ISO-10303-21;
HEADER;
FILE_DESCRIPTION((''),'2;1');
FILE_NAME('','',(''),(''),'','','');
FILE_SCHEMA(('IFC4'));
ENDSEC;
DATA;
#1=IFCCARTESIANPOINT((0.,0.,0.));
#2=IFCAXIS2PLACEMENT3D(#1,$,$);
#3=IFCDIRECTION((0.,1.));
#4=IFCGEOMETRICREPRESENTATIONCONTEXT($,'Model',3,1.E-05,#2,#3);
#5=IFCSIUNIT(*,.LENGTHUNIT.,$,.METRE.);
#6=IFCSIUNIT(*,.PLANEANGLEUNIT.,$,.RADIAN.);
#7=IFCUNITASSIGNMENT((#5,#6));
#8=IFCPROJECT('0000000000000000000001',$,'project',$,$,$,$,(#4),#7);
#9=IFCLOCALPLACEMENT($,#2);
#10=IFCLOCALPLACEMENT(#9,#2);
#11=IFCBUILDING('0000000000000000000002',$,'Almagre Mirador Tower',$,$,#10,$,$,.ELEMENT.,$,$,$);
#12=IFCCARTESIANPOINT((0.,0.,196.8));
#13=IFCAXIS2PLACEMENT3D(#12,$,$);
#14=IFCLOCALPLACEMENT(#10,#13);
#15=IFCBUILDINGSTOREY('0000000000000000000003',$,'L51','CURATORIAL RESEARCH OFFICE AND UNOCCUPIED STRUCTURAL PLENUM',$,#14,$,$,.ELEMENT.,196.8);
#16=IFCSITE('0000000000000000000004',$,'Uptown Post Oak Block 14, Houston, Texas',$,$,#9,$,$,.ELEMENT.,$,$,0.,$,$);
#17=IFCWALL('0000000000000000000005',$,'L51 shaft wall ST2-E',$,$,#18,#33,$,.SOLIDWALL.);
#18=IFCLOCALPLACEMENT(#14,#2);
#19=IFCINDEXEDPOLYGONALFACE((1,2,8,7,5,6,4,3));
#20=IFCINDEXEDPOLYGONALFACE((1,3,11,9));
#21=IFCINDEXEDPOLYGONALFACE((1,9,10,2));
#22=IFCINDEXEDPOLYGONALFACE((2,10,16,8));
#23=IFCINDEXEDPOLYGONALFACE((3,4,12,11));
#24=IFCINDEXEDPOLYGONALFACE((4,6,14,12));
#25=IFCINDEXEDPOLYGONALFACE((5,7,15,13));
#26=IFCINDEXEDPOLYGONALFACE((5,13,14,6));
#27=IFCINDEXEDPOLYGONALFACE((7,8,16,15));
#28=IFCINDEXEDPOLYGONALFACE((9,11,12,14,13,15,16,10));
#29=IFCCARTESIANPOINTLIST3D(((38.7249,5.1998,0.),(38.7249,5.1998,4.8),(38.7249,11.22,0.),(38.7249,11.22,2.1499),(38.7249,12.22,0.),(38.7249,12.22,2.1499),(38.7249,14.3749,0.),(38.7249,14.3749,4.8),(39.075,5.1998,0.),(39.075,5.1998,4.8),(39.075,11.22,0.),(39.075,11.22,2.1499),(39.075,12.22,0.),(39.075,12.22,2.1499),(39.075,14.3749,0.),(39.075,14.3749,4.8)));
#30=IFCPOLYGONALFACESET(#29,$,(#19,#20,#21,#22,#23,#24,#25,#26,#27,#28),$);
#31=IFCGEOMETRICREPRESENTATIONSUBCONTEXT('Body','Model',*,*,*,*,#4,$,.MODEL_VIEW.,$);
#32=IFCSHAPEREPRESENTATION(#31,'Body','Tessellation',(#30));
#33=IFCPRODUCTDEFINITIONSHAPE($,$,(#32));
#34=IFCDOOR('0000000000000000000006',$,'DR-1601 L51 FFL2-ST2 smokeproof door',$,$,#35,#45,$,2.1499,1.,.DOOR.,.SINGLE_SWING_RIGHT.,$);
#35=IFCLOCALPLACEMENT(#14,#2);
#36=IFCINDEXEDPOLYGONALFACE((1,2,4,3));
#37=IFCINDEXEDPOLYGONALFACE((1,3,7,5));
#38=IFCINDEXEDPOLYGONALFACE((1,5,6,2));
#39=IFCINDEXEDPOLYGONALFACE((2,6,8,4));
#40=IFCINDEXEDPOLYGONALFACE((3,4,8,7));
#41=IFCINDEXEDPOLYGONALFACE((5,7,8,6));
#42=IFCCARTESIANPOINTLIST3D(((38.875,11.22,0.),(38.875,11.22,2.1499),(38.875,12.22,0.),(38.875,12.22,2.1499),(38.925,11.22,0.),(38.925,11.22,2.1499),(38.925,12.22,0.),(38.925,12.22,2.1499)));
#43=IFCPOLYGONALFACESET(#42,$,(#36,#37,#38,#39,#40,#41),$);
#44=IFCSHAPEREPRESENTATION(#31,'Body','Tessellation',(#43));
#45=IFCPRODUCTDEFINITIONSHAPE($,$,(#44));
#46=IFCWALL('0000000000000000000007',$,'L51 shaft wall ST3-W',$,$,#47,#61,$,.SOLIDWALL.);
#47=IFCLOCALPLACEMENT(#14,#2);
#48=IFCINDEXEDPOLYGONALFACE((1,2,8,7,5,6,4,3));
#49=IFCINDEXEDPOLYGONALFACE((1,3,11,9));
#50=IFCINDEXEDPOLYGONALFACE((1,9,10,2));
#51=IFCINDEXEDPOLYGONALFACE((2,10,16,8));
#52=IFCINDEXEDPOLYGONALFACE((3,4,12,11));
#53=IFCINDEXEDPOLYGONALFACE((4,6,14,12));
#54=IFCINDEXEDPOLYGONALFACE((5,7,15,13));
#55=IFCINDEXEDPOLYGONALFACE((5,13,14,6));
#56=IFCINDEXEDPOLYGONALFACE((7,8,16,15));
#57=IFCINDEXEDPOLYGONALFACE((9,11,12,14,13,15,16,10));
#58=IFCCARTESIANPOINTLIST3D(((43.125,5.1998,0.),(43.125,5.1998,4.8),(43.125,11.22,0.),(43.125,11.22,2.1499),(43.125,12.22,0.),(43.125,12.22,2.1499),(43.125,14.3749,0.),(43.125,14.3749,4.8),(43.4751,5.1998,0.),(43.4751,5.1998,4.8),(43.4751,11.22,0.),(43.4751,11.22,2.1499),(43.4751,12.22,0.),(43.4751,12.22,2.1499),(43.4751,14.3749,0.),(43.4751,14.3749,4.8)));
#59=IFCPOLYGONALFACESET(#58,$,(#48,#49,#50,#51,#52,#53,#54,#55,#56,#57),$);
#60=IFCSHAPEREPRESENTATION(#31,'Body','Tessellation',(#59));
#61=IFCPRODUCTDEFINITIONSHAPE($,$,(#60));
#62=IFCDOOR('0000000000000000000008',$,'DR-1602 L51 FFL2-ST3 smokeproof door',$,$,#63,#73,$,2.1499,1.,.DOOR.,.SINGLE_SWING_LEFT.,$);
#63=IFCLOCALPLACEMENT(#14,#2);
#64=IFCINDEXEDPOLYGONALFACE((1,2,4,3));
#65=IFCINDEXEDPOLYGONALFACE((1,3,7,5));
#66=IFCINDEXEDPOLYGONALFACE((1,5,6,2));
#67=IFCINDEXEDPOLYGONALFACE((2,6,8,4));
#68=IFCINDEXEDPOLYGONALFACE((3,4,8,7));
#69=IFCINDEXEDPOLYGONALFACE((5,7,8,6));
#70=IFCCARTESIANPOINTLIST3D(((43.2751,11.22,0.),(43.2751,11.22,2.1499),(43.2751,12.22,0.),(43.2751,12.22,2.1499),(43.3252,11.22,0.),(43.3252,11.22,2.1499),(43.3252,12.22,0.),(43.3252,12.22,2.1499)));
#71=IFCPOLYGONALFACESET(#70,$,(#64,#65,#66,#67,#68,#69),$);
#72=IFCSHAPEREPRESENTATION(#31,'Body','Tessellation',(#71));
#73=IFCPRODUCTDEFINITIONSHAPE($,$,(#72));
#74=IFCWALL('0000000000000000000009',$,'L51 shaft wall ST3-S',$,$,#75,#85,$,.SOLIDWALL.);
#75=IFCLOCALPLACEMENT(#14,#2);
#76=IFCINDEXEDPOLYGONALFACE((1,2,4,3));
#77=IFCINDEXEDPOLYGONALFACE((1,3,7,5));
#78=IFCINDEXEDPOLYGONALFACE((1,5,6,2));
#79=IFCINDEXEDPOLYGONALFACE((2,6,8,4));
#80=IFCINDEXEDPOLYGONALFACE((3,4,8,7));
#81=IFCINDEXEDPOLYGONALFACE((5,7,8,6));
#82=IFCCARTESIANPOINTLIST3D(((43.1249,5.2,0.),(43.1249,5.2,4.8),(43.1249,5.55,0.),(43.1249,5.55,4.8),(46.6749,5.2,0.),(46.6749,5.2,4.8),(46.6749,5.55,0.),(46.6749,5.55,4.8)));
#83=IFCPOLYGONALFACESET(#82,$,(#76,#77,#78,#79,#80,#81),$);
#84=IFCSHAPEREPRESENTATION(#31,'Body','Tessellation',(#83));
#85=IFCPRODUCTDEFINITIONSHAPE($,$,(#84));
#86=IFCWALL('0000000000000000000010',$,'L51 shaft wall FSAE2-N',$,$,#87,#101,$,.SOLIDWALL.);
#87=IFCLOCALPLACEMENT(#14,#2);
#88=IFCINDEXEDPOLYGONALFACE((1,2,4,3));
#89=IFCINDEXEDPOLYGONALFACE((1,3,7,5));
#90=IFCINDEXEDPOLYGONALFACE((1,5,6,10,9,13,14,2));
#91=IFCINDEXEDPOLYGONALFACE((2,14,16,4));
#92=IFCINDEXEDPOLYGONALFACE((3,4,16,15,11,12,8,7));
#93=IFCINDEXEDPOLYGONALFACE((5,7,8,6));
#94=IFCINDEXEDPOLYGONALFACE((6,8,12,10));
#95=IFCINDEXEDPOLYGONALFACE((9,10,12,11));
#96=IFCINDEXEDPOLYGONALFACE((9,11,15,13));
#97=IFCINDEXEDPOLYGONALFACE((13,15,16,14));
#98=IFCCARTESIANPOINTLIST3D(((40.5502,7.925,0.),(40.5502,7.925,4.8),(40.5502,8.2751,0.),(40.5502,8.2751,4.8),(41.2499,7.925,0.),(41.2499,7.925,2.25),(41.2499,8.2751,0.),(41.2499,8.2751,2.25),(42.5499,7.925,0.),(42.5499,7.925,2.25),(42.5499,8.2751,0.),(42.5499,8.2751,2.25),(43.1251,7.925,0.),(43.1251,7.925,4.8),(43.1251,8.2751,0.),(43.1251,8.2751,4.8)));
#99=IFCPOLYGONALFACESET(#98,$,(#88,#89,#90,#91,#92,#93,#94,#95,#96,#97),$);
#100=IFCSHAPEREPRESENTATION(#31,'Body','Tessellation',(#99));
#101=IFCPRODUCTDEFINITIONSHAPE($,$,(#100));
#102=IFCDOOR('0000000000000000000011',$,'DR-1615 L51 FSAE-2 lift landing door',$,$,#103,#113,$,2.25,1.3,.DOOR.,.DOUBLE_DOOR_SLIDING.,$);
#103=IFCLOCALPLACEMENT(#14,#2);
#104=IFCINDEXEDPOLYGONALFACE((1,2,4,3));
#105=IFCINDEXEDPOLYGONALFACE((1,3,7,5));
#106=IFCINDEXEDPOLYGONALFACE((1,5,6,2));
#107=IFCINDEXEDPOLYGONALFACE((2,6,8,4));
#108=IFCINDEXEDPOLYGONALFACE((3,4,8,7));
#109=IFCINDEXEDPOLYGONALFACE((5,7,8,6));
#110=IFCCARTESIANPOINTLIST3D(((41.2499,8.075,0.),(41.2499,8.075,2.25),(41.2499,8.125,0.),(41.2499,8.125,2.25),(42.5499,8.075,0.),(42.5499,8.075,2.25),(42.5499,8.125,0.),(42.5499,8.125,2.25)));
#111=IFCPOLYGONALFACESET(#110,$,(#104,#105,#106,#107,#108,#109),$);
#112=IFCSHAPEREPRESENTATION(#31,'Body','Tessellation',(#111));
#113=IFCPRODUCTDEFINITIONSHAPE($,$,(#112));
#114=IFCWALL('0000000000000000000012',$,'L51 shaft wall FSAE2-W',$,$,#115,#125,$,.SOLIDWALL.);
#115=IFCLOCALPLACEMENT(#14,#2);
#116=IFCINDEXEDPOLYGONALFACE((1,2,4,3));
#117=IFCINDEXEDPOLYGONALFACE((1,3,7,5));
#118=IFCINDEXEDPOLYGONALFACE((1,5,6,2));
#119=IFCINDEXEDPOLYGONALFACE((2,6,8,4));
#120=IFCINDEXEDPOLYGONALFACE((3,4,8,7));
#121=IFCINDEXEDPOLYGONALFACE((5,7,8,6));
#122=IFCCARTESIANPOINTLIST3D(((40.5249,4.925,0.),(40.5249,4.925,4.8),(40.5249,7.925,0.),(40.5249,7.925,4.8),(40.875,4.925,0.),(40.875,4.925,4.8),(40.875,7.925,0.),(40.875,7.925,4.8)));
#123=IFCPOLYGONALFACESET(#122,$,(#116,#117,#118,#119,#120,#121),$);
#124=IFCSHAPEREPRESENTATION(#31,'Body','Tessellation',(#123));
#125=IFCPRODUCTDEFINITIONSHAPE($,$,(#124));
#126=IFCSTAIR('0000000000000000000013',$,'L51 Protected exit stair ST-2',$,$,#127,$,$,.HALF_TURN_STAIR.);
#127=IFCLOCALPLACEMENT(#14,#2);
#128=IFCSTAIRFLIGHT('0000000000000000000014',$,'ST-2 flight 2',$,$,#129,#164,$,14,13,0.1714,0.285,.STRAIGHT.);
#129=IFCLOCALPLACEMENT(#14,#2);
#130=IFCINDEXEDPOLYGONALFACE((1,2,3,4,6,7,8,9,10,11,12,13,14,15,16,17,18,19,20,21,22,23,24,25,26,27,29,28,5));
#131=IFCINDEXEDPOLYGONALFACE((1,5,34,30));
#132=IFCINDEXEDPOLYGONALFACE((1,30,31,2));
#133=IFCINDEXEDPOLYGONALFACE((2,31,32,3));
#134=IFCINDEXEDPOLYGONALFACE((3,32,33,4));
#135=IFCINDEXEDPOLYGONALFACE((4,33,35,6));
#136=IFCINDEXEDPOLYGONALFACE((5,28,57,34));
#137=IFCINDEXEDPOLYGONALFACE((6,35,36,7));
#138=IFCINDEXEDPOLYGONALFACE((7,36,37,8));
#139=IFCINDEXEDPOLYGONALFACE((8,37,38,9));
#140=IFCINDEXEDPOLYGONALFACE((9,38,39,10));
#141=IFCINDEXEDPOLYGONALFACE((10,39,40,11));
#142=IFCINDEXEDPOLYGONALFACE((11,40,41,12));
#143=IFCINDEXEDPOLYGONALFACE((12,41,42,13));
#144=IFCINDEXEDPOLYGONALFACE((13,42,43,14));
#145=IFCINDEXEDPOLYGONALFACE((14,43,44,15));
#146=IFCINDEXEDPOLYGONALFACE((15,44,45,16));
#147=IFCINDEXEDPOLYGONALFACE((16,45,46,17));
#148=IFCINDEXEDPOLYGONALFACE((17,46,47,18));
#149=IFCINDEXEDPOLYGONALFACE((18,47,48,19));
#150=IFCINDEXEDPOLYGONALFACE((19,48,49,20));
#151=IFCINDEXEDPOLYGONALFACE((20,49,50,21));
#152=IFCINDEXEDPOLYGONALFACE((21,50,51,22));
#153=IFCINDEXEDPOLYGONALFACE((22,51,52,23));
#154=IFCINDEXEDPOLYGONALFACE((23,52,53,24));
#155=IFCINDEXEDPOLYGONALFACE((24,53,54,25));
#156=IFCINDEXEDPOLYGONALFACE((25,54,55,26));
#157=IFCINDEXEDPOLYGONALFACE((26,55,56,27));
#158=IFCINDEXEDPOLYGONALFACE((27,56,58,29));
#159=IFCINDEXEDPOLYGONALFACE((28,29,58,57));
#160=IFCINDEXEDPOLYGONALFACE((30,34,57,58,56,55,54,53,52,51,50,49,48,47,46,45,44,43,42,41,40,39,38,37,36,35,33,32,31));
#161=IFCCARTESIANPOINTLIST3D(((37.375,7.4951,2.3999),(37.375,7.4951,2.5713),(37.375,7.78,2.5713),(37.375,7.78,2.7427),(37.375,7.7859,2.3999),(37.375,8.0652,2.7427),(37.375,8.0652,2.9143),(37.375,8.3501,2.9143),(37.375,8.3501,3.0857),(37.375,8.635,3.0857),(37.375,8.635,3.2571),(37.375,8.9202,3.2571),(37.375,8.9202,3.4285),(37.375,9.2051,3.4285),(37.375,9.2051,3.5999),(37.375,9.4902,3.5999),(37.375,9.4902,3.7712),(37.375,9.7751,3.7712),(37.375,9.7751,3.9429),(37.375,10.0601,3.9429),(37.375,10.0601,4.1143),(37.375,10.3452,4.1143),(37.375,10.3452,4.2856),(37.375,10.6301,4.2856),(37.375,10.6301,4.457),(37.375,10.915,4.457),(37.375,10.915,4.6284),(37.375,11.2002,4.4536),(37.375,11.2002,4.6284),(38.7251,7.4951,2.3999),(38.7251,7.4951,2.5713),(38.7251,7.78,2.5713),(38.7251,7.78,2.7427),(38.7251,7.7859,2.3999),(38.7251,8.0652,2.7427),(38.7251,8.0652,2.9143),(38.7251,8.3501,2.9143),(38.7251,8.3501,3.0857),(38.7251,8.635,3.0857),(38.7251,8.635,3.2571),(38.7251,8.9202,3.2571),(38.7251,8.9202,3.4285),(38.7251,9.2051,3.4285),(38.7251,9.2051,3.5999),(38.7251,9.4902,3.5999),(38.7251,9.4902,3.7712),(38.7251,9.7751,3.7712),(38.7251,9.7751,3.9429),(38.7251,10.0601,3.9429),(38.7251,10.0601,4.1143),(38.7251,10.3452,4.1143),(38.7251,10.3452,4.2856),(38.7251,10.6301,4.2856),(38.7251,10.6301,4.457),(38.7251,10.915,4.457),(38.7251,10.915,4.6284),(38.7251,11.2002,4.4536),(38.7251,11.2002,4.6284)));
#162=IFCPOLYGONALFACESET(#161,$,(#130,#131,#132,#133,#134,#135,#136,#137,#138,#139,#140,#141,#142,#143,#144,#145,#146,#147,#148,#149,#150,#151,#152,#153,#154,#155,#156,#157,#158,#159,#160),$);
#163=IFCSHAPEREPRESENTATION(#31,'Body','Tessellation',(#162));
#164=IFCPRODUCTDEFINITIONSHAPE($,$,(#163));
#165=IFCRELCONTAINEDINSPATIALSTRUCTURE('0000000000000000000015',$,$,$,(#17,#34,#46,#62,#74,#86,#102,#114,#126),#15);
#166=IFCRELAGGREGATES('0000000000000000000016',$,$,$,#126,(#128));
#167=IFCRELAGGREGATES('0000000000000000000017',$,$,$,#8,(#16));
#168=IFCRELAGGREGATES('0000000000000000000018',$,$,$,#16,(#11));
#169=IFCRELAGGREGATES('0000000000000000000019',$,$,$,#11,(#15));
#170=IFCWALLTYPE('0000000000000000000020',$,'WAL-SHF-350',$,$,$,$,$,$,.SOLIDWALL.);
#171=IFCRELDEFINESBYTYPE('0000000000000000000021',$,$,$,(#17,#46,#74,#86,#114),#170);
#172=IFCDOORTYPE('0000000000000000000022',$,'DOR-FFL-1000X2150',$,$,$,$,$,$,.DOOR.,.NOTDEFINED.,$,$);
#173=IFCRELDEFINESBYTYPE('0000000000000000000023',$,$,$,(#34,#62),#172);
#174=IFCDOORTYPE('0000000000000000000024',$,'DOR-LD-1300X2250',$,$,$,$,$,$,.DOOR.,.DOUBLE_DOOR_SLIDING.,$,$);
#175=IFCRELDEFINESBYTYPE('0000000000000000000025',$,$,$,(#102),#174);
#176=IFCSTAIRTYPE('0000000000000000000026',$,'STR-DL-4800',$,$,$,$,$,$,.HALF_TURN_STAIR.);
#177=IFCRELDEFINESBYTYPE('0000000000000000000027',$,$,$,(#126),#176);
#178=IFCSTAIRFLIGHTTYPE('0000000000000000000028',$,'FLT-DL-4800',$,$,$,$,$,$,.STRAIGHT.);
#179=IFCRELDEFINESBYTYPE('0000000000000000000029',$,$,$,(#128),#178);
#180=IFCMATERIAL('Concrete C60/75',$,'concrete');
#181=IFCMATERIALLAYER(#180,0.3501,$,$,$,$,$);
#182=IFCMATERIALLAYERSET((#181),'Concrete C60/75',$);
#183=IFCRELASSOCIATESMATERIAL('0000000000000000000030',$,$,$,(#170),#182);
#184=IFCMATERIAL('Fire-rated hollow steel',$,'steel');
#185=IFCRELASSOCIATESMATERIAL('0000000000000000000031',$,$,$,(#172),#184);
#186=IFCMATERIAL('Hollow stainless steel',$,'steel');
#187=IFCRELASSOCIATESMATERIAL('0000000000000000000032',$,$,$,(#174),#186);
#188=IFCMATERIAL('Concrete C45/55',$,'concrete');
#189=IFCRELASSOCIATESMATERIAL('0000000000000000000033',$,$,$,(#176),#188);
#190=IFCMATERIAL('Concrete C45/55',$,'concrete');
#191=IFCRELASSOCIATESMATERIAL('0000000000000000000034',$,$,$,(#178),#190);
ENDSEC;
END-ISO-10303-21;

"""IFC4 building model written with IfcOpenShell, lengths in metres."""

from ifc_helpers import new_model, si_unit, direction, frame, frame_2d, origin, place, context, subcontext, project, spatial, polyline, rectangle, outline, extrude, material, layer, layer_set, type_object, element, fill, aggregate, save


model = new_model("IFC4")

# Units and contexts
model_context = context("Model", 3, precision=1e-05, world=origin(), true_north=direction((0.0, 1.0)))
body_context = subcontext(model_context, "Body", "Model", "MODEL_VIEW")
ifc_project = project(units=[si_unit("LENGTHUNIT", "METRE"), si_unit("PLANEANGLEUNIT", "RADIAN")], contexts=[model_context])

# Site, building, storey
site_placement = place(None, origin())
site = spatial("IfcSite", under=ifc_project, at=site_placement, Name="Uptown Post Oak Block 14, Houston, Texas", CompositionType="ELEMENT", RefElevation=0.0)
building_placement = place(site_placement, origin())
building = spatial("IfcBuilding", under=site, at=building_placement, Name="Almagre Mirador Tower", CompositionType="ELEMENT")
storey_placement = place(building_placement, frame((0.0, 0.0, 196.8)))
storey = spatial("IfcBuildingStorey", under=building, at=storey_placement, Name="L51", Description="CURATORIAL RESEARCH OFFICE AND UNOCCUPIED STRUCTURAL PLENUM", CompositionType="ELEMENT", Elevation=196.8)

# Walls, openings, doors
ifc_material_1 = material(Name="Concrete C60/75", Category="concrete")
ifc_layer_1 = layer(ifc_material_1, 0.3501)
ifc_layer_set_1 = layer_set([ifc_layer_1], Name="Concrete C60/75")
wall_type_1 = type_object("IfcWallType", Name="WAL-SHF-350", PredefinedType="SOLIDWALL", material=ifc_layer_set_1)
wall_1_placement = place(storey_placement, frame((38.8999, 5.2, 0.0), z_axis=(0.0, 0.0, 1.0), x_axis=(0.0, 1.0, 0.0)))
wall_1 = element("IfcWall", 1, at=wall_1_placement, inside=storey, type_object=wall_type_1, Name="L51 shaft wall ST2-E", PredefinedType="SOLIDWALL", context=body_context, shape_type="SweptSolid", body=[
    extrude(rectangle(XDim=9.175, YDim=0.3501, at=frame_2d((4.5874, 0.0))), origin(), (0.0, 0.0, 1.0), 4.8),
])
opening_1_placement = place(wall_1_placement, frame((6.02, 0.0, 0.0)))
opening_1 = element("IfcOpeningElement", 2, at=opening_1_placement, cuts=wall_1, PredefinedType="OPENING", context=body_context, shape_type="SweptSolid", body=[
    extrude(rectangle(XDim=1.0, YDim=2.1499, at=frame_2d((0.5, 1.075))), frame((0.0, 0.185, 0.0), z_axis=(0.0, -1.0, 0.0), x_axis=(1.0, 0.0, 0.0)), (0.0, 0.0, 1.0), 0.3701),
])
ifc_material_2 = material(Name="Fire-rated hollow steel", Category="steel")
door_type_1 = type_object("IfcDoorType", Name="DOR-FFL-1000X2150", OperationType="NOTDEFINED", PredefinedType="DOOR", material=ifc_material_2)
door_1_placement = place(opening_1_placement, origin())
door_1 = element("IfcDoor", 3, at=door_1_placement, inside=storey, type_object=door_type_1, Name="DR-1601 L51 FFL2-ST2 smokeproof door", OperationType="SINGLE_SWING_RIGHT", OverallHeight=2.1499, OverallWidth=1.0, PredefinedType="DOOR", context=body_context, shape_type="SweptSolid", body=[
    extrude(rectangle(XDim=1.0, YDim=2.1499, at=frame_2d((0.5, 1.075))), frame((0.0, 0.0249, 0.0), z_axis=(0.0, -1.0, 0.0), x_axis=(1.0, 0.0, 0.0)), (0.0, 0.0, 1.0), 0.05),
])
fill(opening_1, door_1)
wall_2_placement = place(storey_placement, frame((43.3, 5.2, 0.0), z_axis=(0.0, 0.0, 1.0), x_axis=(0.0, 1.0, 0.0)))
wall_2 = element("IfcWall", 4, at=wall_2_placement, inside=storey, type_object=wall_type_1, Name="L51 shaft wall ST3-W", PredefinedType="SOLIDWALL", context=body_context, shape_type="SweptSolid", body=[
    extrude(rectangle(XDim=9.175, YDim=0.3501, at=frame_2d((4.5874, 0.0))), origin(), (0.0, 0.0, 1.0), 4.8),
])
opening_2_placement = place(wall_2_placement, frame((6.02, 0.0, 0.0)))
opening_2 = element("IfcOpeningElement", 5, at=opening_2_placement, cuts=wall_2, PredefinedType="OPENING", context=body_context, shape_type="SweptSolid", body=[
    extrude(rectangle(XDim=1.0, YDim=2.1499, at=frame_2d((0.5, 1.075))), frame((0.0, 0.185, 0.0), z_axis=(0.0, -1.0, 0.0), x_axis=(1.0, 0.0, 0.0)), (0.0, 0.0, 1.0), 0.3701),
])
door_2_placement = place(opening_2_placement, origin())
door_2 = element("IfcDoor", 6, at=door_2_placement, inside=storey, type_object=door_type_1, Name="DR-1602 L51 FFL2-ST3 smokeproof door", OperationType="SINGLE_SWING_LEFT", OverallHeight=2.1499, OverallWidth=1.0, PredefinedType="DOOR", context=body_context, shape_type="SweptSolid", body=[
    extrude(rectangle(XDim=1.0, YDim=2.1499, at=frame_2d((0.5, 1.075))), frame((0.0, 0.0249, 0.0), z_axis=(0.0, -1.0, 0.0), x_axis=(1.0, 0.0, 0.0)), (0.0, 0.0, 1.0), 0.05),
])
fill(opening_2, door_2)

# Wall
wall_3_placement = place(storey_placement, frame((43.125, 5.375, 0.0), z_axis=(0.0, 0.0, 1.0), x_axis=(1.0, 0.0, 0.0)))
element("IfcWall", 7, at=wall_3_placement, inside=storey, type_object=wall_type_1, Name="L51 shaft wall ST3-S", PredefinedType="SOLIDWALL", context=body_context, shape_type="SweptSolid", body=[
    extrude(rectangle(XDim=3.55, YDim=0.3501, at=frame_2d((1.7749, 0.0))), origin(), (0.0, 0.0, 1.0), 4.8),
])

# Wall, opening, door
wall_4_placement = place(storey_placement, frame((40.55, 8.1001, 0.0), z_axis=(0.0, 0.0, 1.0), x_axis=(1.0, 0.0, 0.0)))
wall_4 = element("IfcWall", 8, at=wall_4_placement, inside=storey, type_object=wall_type_1, Name="L51 shaft wall FSAE2-N", PredefinedType="SOLIDWALL", context=body_context, shape_type="SweptSolid", body=[
    extrude(rectangle(XDim=2.575, YDim=0.3501, at=frame_2d((1.2876, 0.0))), origin(), (0.0, 0.0, 1.0), 4.8),
])
opening_3_placement = place(wall_4_placement, frame((0.7, 0.0, 0.0)))
opening_3 = element("IfcOpeningElement", 9, at=opening_3_placement, cuts=wall_4, PredefinedType="OPENING", context=body_context, shape_type="SweptSolid", body=[
    extrude(rectangle(XDim=1.3, YDim=2.25, at=frame_2d((0.6499, 1.125))), frame((0.0, 0.185, 0.0), z_axis=(0.0, -1.0, 0.0), x_axis=(1.0, 0.0, 0.0)), (0.0, 0.0, 1.0), 0.3701),
])
ifc_material_3 = material(Name="Hollow stainless steel", Category="steel")
door_type_2 = type_object("IfcDoorType", Name="DOR-LD-1300X2250", OperationType="DOUBLE_DOOR_SLIDING", PredefinedType="DOOR", material=ifc_material_3)
door_3_placement = place(opening_3_placement, origin())
door_3 = element("IfcDoor", 10, at=door_3_placement, inside=storey, type_object=door_type_2, Name="DR-1615 L51 FSAE-2 lift landing door", OperationType="DOUBLE_DOOR_SLIDING", OverallHeight=2.25, OverallWidth=1.3, PredefinedType="DOOR", context=body_context, shape_type="SweptSolid", body=[
    extrude(rectangle(XDim=1.3, YDim=2.25, at=frame_2d((0.6499, 1.125))), frame((0.0, 0.0249, 0.0), z_axis=(0.0, -1.0, 0.0), x_axis=(1.0, 0.0, 0.0)), (0.0, 0.0, 1.0), 0.05),
])
fill(opening_3, door_3)

# Wall
wall_5_placement = place(storey_placement, frame((40.7, 4.925, 0.0), z_axis=(0.0, 0.0, 1.0), x_axis=(0.0, 1.0, 0.0)))
element("IfcWall", 11, at=wall_5_placement, inside=storey, type_object=wall_type_1, Name="L51 shaft wall FSAE2-W", PredefinedType="SOLIDWALL", context=body_context, shape_type="SweptSolid", body=[
    extrude(rectangle(XDim=3.0, YDim=0.3501, at=frame_2d((1.5, 0.0))), origin(), (0.0, 0.0, 1.0), 4.8),
])

# Stair, stair flight
ifc_material_4 = material(Name="Concrete C45/55", Category="concrete")
stair_type = type_object("IfcStairType", Name="STR-DL-4800", PredefinedType="HALF_TURN_STAIR", material=ifc_material_4)
stair_placement = place(storey_placement, origin())
stair = element("IfcStair", 12, at=stair_placement, inside=storey, type_object=stair_type, Name="L51 Protected exit stair ST-2", PredefinedType="HALF_TURN_STAIR")
ifc_material_5 = material(Name="Concrete C45/55", Category="concrete")
stair_flight_type = type_object("IfcStairFlightType", Name="FLT-DL-4800", PredefinedType="STRAIGHT", material=ifc_material_5)
stair_flight_placement = place(storey_placement, frame((38.05, 7.4951, 2.3999), z_axis=(0.0, 0.0, 1.0), x_axis=(0.0, 1.0, 0.0)))
stair_flight = element("IfcStairFlight", 13, at=stair_flight_placement, type_object=stair_flight_type, Name="ST-2 flight 2", NumberOfRisers=14, NumberOfTreads=13, PredefinedType="STRAIGHT", RiserHeight=0.1714, TreadLength=0.285, context=body_context, shape_type="SweptSolid", body=[
    extrude(outline(polyline([(0.0, 0.0), (0.0, 0.1714), (0.2849, 0.1714), (0.2849, 0.3428), (0.5701, 0.3428), (0.5701, 0.5144), (0.855, 0.5144), (0.855, 0.6858), (1.1399, 0.6858), (1.1399, 0.8572), (1.425, 0.8572), (1.425, 1.0286), (1.71, 1.0286), (1.71, 1.2), (1.9951, 1.2), (1.9951, 1.3713), (2.28, 1.3713), (2.28, 1.543), (2.5649, 1.543), (2.5649, 1.7144), (2.8501, 1.7144), (2.8501, 1.8857), (3.135, 1.8857), (3.135, 2.0571), (3.4199, 2.0571), (3.4199, 2.2285), (3.7051, 2.2285), (3.7051, 2.3999), (3.7051, 2.0537), (0.2908, 0.0), (0.0, 0.0)])), frame((0.0, 0.675, 0.0), z_axis=(0.0, -1.0, 0.0), x_axis=(1.0, 0.0, 0.0)), (0.0, 0.0, 1.0), 1.3501),
])
aggregate(stair, [stair_flight])

save(model, "model.ifc")
